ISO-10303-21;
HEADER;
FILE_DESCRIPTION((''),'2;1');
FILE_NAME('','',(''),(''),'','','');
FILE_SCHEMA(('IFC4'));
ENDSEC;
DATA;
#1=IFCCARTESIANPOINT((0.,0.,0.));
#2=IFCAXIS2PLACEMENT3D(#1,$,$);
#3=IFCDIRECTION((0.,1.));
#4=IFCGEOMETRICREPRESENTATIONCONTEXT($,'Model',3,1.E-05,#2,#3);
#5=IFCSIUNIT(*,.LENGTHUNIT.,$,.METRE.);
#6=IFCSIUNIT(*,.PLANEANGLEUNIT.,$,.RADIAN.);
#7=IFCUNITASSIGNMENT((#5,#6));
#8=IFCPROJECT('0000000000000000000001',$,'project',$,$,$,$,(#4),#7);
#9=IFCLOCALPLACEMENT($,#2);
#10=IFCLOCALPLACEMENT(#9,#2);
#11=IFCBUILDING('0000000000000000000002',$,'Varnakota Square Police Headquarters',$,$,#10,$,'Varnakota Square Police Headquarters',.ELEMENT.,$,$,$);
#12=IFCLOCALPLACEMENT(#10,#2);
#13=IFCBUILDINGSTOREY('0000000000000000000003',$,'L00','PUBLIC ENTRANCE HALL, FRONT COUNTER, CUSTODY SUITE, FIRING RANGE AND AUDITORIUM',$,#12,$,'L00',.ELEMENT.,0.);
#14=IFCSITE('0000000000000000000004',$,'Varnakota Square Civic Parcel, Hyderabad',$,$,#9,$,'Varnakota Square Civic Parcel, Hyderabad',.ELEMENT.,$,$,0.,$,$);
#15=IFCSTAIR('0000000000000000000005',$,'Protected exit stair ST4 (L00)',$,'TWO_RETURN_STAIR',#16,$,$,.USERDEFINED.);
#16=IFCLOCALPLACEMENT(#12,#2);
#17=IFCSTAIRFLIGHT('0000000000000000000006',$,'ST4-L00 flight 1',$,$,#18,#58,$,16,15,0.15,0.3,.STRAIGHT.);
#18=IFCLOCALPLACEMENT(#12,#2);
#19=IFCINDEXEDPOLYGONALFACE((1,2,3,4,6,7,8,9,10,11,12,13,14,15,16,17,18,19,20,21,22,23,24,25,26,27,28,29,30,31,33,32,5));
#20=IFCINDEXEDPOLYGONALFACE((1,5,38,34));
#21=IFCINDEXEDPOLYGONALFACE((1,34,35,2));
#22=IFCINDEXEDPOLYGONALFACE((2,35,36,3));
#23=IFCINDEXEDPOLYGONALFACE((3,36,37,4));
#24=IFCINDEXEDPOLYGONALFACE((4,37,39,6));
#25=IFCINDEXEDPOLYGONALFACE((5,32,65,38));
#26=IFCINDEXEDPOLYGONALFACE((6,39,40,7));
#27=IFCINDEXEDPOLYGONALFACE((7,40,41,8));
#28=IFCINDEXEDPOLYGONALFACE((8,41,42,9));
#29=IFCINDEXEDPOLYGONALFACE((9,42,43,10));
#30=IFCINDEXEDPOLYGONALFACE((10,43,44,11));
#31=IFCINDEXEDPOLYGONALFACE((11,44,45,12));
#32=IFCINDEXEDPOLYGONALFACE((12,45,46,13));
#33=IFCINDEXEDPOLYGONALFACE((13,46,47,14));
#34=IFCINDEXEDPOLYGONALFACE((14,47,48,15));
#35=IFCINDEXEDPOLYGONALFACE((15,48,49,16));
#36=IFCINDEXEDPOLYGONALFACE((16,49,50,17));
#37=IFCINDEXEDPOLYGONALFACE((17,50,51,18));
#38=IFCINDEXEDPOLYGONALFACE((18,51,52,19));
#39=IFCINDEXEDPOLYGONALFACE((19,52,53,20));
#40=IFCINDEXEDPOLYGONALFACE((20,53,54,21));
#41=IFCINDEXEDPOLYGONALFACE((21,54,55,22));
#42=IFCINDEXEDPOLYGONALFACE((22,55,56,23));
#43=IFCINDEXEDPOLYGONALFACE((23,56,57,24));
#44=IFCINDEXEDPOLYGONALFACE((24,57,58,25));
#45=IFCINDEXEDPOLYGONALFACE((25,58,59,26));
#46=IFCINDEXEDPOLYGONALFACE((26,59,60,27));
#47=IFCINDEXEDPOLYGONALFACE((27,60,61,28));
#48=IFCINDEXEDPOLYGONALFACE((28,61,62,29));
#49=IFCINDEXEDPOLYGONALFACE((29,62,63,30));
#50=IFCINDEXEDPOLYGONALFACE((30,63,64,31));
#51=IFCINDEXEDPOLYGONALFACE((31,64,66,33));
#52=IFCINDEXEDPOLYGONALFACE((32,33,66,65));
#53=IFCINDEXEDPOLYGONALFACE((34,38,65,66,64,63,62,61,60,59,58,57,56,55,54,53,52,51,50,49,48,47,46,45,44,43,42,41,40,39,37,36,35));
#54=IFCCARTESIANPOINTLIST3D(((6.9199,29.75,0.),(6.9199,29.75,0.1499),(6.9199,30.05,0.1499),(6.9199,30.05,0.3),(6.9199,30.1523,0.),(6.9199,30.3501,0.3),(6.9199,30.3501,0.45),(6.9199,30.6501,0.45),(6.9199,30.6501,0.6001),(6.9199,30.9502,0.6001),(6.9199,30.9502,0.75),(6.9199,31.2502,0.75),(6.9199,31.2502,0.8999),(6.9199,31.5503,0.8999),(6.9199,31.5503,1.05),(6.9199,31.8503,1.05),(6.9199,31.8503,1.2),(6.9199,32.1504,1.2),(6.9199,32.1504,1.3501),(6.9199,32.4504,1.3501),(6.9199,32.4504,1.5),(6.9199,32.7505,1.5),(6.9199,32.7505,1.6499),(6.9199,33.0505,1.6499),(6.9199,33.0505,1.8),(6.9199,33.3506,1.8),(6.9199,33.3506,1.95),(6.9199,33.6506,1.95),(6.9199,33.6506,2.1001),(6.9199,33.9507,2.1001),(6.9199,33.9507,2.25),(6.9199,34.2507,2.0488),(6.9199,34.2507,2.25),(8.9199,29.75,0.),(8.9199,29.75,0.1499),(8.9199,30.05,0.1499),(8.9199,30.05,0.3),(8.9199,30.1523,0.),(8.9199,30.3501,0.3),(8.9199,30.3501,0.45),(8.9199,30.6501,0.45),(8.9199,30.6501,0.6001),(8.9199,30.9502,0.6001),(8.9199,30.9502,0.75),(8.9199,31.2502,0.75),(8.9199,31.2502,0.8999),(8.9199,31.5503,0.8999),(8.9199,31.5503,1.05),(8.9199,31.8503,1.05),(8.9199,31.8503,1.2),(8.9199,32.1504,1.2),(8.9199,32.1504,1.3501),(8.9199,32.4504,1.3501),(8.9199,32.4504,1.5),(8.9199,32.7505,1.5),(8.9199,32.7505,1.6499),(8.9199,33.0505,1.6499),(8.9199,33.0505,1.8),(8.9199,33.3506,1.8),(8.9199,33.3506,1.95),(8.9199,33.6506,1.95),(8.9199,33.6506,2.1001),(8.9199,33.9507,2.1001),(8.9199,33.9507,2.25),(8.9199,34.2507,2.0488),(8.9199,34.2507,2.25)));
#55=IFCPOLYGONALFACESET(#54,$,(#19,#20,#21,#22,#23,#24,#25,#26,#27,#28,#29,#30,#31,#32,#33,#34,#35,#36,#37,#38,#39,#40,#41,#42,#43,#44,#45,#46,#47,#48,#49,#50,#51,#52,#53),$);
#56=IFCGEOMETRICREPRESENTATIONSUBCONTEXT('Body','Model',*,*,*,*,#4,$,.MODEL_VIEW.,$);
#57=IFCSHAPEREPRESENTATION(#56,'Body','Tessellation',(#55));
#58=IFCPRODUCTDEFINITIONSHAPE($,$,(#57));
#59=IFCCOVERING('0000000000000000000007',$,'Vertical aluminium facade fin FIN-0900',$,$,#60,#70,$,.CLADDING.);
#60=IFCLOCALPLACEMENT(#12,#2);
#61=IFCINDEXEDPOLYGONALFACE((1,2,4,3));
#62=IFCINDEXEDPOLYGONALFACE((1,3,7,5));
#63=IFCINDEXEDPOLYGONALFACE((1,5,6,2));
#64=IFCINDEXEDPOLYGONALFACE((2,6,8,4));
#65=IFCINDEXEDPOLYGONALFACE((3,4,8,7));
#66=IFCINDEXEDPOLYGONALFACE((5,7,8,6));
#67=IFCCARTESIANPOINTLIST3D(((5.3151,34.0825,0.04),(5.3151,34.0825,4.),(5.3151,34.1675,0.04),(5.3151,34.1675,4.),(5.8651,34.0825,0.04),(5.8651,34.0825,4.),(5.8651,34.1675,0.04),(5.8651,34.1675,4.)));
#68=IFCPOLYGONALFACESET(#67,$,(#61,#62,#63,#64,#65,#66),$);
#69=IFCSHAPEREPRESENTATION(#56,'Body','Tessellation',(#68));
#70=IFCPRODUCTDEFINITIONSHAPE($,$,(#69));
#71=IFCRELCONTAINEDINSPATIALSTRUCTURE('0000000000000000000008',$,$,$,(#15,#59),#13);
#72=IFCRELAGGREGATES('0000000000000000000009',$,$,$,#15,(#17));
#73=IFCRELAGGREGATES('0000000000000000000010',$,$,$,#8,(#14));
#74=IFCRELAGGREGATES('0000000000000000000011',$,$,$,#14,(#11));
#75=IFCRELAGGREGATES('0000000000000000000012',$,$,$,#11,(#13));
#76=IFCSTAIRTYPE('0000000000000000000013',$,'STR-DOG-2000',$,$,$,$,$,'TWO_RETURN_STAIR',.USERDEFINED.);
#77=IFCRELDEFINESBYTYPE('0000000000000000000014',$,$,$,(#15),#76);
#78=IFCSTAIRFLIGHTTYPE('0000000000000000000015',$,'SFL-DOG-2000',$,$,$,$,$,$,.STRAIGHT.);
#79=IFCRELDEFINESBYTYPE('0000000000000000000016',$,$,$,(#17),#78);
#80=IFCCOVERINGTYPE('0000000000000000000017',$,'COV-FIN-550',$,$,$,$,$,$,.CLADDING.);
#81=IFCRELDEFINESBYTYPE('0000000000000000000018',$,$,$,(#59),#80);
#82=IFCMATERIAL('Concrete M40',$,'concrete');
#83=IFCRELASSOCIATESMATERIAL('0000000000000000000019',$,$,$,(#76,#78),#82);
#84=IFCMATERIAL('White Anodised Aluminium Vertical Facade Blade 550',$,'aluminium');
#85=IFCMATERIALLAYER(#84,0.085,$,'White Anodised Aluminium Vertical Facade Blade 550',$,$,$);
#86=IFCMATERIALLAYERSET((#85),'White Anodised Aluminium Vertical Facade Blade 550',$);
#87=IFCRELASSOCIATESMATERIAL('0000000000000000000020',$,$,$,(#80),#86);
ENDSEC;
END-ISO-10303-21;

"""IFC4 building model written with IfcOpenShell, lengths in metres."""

from ifc_helpers import new_model, si_unit, direction, frame, origin, origin_2d, place, context, subcontext, project, spatial, polyline, rectangle, outline, extrude, material, layer, layer_set, type_object, element, aggregate, save


model = new_model("IFC4")

# Units and contexts
model_context = context("Model", 3, precision=1e-05, world=origin(), true_north=direction((0.0, 1.0)))
body_context = subcontext(model_context, "Body", "Model", "MODEL_VIEW")
ifc_project = project(units=[si_unit("LENGTHUNIT", "METRE"), si_unit("PLANEANGLEUNIT", "RADIAN")], contexts=[model_context])

# Site, building, storey
site_placement = place(None, origin())
site = spatial("IfcSite", under=ifc_project, at=site_placement, Name="Varnakota Square Civic Parcel, Hyderabad", LongName="Varnakota Square Civic Parcel, Hyderabad", CompositionType="ELEMENT", RefElevation=0.0)
building_placement = place(site_placement, origin())
building = spatial("IfcBuilding", under=site, at=building_placement, Name="Varnakota Square Police Headquarters", LongName="Varnakota Square Police Headquarters", CompositionType="ELEMENT")
storey_placement = place(building_placement, origin())
storey = spatial("IfcBuildingStorey", under=building, at=storey_placement, Name="L00", Description="PUBLIC ENTRANCE HALL, FRONT COUNTER, CUSTODY SUITE, FIRING RANGE AND AUDITORIUM", LongName="L00", CompositionType="ELEMENT", Elevation=0.0)

# Shared definitions
ifc_material_1 = material(Name="Concrete M40", Category="concrete")

# Stair, stair flight
stair_type = type_object("IfcStairType", Name="STR-DOG-2000", ElementType="TWO_RETURN_STAIR", PredefinedType="USERDEFINED", material=ifc_material_1)
stair_placement = place(storey_placement, origin())
stair = element("IfcStair", 1, at=stair_placement, inside=storey, type_object=stair_type, Name="Protected exit stair ST4 (L00)", ObjectType="TWO_RETURN_STAIR", PredefinedType="USERDEFINED")
stair_flight_type = type_object("IfcStairFlightType", Name="SFL-DOG-2000", PredefinedType="STRAIGHT", material=ifc_material_1)
stair_flight_placement = place(storey_placement, frame((7.9199, 29.75, 0.0), z_axis=(0.0, 0.0, 1.0), x_axis=(0.0, 1.0, 0.0)))
stair_flight = element("IfcStairFlight", 2, at=stair_flight_placement, type_object=stair_flight_type, Name="ST4-L00 flight 1", NumberOfRisers=16, NumberOfTreads=15, PredefinedType="STRAIGHT", RiserHeight=0.15, TreadLength=0.3, context=body_context, shape_type="SweptSolid", body=[
    extrude(outline(polyline([(0.0, 0.0), (0.0, 0.1499), (0.3, 0.1499), (0.3, 0.3), (0.6001, 0.3), (0.6001, 0.45), (0.9001, 0.45), (0.9001, 0.6001), (1.2002, 0.6001), (1.2002, 0.75), (1.5002, 0.75), (1.5002, 0.8999), (1.8003, 0.8999), (1.8003, 1.05), (2.1003, 1.05), (2.1003, 1.2), (2.4004, 1.2), (2.4004, 1.3501), (2.7004, 1.3501), (2.7004, 1.5), (3.0005, 1.5), (3.0005, 1.6499), (3.3005, 1.6499), (3.3005, 1.8), (3.6006, 1.8), (3.6006, 1.95), (3.9006, 1.95), (3.9006, 2.1001), (4.2007, 2.1001), (4.2007, 2.25), (4.5007, 2.25), (4.5007, 2.3999), (4.5007, 2.0488), (0.4023, 0.0), (0.0, 0.0)])), frame((0.0, 1.0, 0.0), z_axis=(0.0, -1.0, 0.0), x_axis=(1.0, 0.0, 0.0)), (0.0, 0.0, 1.0), 2.0),
])
aggregate(stair, [stair_flight])

# Covering
ifc_material_2 = material(Name="White Anodised Aluminium Vertical Facade Blade 550", Category="aluminium")
ifc_layer_1 = layer(ifc_material_2, 0.085, Name="White Anodised Aluminium Vertical Facade Blade 550")
ifc_layer_set_1 = layer_set([ifc_layer_1], Name="White Anodised Aluminium Vertical Facade Blade 550")
covering_type = type_object("IfcCoveringType", Name="COV-FIN-550", PredefinedType="CLADDING", material=ifc_layer_set_1)
covering_placement = place(storey_placement, frame((5.5901, 34.125, 0.04), z_axis=(0.0, 0.0, 1.0), x_axis=(0.0, 1.0, 0.0)))
element("IfcCovering", 3, at=covering_placement, inside=storey, type_object=covering_type, Name="Vertical aluminium facade fin FIN-0900", PredefinedType="CLADDING", context=body_context, shape_type="SweptSolid", body=[
    extrude(rectangle(XDim=0.085, YDim=0.55, at=origin_2d()), origin(), (0.0, 0.0, 1.0), 3.96),
])

save(model, "model.ifc")
